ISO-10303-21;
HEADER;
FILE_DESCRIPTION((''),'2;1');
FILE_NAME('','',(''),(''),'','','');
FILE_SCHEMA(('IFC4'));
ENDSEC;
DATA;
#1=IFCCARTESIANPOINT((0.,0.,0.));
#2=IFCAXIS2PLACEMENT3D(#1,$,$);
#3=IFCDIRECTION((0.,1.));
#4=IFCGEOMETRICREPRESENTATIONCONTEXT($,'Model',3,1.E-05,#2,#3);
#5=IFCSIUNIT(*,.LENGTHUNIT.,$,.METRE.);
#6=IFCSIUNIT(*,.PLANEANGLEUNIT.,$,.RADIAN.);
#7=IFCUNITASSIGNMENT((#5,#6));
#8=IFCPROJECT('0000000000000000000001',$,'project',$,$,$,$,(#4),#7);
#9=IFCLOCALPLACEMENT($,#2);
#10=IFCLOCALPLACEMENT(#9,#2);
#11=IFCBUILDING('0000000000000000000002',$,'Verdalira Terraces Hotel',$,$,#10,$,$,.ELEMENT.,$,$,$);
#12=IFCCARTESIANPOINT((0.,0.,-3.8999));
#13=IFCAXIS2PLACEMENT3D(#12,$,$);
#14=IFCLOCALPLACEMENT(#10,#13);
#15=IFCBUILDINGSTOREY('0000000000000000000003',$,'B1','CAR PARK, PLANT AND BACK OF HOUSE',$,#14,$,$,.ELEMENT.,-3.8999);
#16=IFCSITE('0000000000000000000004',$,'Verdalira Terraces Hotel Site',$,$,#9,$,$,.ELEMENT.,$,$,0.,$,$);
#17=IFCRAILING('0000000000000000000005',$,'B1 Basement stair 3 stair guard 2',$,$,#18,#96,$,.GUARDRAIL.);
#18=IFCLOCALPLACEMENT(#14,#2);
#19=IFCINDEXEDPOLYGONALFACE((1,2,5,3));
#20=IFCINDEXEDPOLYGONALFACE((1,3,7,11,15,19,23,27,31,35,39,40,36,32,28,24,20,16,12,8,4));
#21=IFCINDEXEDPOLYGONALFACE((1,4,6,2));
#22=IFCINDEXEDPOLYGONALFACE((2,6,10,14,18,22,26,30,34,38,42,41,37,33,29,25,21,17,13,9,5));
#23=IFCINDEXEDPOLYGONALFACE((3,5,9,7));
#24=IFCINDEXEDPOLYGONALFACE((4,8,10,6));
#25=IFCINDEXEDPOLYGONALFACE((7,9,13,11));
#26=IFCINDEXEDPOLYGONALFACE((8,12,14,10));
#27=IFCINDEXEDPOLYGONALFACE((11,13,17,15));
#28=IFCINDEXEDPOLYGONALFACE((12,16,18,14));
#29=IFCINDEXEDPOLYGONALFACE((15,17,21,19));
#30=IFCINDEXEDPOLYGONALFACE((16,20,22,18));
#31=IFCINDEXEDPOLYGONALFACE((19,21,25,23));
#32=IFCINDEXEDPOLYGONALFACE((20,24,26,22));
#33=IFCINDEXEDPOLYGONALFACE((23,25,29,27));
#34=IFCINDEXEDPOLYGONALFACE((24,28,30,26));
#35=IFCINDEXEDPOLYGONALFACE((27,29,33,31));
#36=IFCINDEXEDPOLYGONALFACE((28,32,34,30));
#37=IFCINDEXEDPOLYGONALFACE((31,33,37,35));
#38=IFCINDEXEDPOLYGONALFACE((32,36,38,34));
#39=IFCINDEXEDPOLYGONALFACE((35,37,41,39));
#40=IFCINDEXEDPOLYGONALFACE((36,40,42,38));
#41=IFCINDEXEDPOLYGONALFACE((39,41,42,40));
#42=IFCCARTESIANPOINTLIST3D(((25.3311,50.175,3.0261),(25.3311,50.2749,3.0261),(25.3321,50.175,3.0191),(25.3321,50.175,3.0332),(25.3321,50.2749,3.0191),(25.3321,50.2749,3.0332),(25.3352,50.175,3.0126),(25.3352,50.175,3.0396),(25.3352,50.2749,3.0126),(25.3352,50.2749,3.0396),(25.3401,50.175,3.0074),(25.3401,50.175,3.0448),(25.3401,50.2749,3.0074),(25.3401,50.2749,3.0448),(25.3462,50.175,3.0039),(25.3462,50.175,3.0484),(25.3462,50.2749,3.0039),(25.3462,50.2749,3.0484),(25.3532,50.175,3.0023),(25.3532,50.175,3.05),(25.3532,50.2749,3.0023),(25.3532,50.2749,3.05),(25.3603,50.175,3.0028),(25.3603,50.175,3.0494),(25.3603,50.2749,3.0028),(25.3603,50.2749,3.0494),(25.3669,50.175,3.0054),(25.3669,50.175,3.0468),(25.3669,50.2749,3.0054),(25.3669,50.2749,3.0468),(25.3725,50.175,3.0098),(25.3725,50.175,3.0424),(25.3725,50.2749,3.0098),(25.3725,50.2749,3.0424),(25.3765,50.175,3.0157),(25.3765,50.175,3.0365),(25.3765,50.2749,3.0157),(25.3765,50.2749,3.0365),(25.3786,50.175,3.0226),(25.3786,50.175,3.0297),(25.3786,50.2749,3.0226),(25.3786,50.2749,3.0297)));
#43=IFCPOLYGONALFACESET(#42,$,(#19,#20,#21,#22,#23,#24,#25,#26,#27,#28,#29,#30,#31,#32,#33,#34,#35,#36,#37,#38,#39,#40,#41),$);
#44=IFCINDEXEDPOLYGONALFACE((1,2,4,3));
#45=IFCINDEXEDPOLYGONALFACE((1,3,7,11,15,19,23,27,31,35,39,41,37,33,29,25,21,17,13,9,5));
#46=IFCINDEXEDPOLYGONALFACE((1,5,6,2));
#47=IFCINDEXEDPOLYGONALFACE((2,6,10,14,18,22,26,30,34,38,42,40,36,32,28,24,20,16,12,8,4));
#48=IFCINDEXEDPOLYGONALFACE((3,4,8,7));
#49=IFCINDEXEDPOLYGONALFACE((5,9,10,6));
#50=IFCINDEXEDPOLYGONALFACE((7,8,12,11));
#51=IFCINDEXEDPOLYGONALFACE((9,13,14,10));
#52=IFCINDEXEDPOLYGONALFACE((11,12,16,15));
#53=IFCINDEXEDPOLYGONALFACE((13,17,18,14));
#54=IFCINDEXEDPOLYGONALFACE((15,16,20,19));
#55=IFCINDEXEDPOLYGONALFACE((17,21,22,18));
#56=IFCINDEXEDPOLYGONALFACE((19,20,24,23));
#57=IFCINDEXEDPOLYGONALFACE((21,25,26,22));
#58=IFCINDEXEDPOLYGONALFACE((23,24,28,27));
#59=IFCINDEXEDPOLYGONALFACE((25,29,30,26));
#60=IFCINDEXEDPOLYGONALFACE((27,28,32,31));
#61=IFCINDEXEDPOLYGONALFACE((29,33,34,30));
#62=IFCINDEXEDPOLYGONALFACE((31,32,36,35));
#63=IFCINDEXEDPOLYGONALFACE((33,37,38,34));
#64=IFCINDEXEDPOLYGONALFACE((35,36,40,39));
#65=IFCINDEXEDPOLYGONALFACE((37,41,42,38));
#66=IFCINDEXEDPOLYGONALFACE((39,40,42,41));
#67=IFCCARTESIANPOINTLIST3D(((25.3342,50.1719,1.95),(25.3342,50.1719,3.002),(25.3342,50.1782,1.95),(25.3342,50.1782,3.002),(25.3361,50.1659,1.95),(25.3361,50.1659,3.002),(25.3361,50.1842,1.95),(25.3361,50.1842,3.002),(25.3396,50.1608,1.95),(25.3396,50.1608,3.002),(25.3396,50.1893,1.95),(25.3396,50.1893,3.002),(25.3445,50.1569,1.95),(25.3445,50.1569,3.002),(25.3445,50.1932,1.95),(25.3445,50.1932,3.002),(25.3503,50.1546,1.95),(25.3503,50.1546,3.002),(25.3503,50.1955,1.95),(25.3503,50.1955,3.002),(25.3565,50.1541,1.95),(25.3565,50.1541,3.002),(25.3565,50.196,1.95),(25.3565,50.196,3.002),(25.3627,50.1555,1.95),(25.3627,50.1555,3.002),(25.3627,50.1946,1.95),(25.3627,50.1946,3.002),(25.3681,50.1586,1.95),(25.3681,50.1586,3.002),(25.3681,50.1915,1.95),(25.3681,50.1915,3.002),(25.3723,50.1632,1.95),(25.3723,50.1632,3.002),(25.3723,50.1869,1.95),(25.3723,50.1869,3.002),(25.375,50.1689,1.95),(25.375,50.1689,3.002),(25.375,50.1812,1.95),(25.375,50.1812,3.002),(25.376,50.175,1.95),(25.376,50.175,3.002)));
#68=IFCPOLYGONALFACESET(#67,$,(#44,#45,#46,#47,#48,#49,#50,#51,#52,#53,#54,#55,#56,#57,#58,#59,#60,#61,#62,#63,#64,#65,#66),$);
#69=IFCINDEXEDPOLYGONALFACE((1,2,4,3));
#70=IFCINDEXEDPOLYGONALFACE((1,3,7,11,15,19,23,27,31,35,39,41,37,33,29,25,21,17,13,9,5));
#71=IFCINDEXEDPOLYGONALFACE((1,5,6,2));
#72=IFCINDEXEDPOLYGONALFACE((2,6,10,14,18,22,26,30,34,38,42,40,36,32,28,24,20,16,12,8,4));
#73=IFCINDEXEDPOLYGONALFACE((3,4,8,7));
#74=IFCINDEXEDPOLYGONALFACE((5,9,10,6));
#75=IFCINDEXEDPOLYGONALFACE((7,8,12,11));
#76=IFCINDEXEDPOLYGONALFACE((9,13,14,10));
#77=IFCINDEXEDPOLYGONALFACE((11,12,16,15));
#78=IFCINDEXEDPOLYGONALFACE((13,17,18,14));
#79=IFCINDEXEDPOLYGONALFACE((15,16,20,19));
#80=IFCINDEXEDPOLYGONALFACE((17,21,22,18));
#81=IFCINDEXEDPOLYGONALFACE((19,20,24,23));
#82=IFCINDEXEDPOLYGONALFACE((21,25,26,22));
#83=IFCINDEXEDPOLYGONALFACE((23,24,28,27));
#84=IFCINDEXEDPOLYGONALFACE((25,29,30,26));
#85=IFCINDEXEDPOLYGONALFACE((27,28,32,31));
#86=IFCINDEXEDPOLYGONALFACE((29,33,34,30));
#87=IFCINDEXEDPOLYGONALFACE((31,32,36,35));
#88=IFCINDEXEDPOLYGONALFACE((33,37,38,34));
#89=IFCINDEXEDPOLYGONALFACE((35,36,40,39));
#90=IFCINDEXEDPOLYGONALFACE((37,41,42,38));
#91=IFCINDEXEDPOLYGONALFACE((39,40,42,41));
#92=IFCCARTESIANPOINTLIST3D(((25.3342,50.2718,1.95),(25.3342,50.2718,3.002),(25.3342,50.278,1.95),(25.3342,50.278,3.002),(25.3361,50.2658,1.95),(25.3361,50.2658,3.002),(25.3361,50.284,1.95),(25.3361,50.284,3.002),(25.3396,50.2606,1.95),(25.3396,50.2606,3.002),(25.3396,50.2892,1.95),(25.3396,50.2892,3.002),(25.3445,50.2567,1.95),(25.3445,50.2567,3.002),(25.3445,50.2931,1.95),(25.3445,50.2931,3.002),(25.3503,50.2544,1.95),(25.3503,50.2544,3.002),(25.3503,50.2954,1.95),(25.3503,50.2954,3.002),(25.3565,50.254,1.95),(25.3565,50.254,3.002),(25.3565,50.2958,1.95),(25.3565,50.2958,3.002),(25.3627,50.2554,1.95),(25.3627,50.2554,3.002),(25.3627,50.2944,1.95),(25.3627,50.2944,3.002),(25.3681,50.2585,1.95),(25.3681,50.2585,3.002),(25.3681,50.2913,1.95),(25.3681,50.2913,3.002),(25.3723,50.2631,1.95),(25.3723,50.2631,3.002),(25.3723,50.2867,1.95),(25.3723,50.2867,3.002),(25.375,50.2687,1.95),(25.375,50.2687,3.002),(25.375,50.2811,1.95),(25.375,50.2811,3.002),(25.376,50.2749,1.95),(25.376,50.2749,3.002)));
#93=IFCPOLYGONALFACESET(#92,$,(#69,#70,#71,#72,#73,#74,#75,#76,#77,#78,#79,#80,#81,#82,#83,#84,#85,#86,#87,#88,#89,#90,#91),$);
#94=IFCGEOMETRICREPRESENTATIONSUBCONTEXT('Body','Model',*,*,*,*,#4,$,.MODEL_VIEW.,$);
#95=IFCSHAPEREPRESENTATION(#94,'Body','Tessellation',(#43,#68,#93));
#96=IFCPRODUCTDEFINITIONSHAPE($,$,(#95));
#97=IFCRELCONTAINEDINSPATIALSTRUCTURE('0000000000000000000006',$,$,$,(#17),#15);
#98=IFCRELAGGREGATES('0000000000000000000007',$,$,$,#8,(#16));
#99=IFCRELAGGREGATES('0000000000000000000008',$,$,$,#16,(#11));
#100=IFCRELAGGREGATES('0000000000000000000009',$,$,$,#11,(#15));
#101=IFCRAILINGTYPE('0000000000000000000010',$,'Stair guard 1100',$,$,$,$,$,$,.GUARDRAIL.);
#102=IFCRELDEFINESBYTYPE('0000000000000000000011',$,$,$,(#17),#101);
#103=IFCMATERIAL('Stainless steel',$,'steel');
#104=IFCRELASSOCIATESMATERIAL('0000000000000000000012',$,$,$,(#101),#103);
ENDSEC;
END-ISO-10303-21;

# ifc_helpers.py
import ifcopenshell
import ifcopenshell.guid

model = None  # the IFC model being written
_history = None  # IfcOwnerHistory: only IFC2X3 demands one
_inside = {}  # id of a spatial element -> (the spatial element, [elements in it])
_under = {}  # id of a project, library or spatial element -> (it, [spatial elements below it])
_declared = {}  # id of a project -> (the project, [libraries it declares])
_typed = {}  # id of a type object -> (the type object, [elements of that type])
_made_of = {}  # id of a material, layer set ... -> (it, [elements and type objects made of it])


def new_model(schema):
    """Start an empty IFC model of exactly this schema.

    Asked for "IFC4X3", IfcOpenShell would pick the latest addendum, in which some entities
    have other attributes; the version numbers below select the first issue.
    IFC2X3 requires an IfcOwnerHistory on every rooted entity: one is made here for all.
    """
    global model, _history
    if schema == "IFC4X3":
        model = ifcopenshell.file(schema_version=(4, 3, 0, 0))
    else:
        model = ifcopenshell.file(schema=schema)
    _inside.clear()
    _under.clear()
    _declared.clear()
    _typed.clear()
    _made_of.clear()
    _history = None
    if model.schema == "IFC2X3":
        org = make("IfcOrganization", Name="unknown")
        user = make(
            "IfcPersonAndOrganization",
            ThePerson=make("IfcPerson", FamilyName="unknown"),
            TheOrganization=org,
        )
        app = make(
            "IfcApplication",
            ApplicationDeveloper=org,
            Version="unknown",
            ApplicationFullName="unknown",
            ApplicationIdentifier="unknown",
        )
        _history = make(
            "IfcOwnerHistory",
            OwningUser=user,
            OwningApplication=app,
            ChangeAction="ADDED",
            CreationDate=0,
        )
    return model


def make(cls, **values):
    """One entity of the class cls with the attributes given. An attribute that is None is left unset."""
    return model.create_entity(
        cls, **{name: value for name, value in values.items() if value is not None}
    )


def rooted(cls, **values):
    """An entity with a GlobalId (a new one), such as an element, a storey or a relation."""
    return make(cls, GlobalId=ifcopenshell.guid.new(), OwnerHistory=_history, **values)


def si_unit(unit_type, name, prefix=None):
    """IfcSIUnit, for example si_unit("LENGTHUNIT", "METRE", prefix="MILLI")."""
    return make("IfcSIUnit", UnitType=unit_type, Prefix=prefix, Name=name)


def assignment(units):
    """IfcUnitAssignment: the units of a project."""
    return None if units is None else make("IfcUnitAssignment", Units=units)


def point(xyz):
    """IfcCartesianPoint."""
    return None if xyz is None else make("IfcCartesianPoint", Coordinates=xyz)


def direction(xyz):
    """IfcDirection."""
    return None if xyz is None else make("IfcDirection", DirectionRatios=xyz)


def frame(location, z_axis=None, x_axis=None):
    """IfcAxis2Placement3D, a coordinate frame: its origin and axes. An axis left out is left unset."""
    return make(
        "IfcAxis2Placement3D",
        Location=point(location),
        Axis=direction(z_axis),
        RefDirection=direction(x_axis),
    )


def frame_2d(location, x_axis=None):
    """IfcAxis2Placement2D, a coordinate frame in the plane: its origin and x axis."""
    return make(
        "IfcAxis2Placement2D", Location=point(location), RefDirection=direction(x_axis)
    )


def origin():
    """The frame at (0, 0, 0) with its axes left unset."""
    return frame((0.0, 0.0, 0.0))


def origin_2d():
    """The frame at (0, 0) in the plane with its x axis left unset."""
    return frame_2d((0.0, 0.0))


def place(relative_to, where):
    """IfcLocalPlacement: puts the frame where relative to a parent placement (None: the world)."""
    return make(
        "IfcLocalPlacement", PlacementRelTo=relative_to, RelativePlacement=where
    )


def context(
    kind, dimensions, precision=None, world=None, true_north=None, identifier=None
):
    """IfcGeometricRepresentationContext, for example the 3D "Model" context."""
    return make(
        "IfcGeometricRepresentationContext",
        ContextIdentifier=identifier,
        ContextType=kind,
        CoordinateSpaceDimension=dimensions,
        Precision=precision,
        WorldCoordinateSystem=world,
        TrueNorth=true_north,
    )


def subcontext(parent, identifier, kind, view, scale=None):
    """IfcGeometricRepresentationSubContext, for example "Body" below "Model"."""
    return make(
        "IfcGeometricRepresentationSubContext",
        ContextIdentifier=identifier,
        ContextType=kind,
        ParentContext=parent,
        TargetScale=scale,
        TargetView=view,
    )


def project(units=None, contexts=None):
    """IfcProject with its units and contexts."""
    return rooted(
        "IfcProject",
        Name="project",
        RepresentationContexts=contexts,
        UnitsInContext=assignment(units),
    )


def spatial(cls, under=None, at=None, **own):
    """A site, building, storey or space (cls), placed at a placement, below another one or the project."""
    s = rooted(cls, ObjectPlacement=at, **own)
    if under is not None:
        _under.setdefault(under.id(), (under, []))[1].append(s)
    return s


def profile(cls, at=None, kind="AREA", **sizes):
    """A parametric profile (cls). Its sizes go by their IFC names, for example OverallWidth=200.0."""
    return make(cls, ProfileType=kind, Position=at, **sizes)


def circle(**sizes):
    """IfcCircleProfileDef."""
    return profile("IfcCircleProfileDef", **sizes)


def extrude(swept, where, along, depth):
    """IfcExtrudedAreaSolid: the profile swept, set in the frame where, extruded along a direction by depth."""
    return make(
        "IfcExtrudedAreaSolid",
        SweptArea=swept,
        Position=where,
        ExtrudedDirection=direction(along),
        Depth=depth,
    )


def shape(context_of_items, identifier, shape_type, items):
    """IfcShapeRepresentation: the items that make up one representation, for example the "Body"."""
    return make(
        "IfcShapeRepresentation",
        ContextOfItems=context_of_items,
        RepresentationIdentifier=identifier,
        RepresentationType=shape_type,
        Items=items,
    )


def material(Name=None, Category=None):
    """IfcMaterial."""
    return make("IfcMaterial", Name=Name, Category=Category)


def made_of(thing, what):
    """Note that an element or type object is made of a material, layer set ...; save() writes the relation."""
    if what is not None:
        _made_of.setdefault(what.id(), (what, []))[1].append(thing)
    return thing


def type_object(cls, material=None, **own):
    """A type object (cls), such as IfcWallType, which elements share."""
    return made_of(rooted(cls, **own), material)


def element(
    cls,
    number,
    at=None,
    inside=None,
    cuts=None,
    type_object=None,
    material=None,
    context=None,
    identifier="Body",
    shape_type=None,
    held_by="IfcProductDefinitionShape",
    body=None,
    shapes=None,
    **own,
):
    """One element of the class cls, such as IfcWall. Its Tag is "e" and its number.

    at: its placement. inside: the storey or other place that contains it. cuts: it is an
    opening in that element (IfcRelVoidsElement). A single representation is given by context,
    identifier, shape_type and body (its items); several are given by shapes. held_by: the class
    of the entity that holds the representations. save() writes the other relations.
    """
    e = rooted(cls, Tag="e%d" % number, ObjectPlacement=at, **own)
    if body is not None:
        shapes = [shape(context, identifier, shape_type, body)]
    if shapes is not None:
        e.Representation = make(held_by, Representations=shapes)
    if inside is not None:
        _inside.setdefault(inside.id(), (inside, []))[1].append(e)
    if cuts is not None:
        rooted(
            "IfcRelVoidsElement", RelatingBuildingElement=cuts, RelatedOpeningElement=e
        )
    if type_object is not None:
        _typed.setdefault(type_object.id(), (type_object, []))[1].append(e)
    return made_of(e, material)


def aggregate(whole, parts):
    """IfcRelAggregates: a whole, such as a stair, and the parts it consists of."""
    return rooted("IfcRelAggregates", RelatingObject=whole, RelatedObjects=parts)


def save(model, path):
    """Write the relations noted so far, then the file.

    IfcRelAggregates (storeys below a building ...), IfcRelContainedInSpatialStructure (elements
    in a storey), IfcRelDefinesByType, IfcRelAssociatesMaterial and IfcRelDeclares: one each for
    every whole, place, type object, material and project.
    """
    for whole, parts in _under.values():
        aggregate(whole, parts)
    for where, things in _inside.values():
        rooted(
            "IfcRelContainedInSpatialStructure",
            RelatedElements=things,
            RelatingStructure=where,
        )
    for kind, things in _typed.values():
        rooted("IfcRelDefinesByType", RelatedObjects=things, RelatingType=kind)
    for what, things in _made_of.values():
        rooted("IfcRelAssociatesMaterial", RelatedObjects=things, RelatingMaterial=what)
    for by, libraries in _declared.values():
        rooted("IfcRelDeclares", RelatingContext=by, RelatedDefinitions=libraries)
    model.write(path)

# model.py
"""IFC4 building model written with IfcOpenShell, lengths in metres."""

from ifc_helpers import new_model, si_unit, direction, frame, origin, origin_2d, place, context, subcontext, project, spatial, circle, extrude, material, type_object, element, save


model = new_model("IFC4")

# Units and contexts
model_context = context("Model", 3, precision=1e-05, world=origin(), true_north=direction((0.0, 1.0)))
body_context = subcontext(model_context, "Body", "Model", "MODEL_VIEW")
ifc_project = project(units=[si_unit("LENGTHUNIT", "METRE"), si_unit("PLANEANGLEUNIT", "RADIAN")], contexts=[model_context])

# Site, building, storey
site_placement = place(None, origin())
site = spatial("IfcSite", under=ifc_project, at=site_placement, Name="Verdalira Terraces Hotel Site", CompositionType="ELEMENT", RefElevation=0.0)
building_placement = place(site_placement, origin())
building = spatial("IfcBuilding", under=site, at=building_placement, Name="Verdalira Terraces Hotel", CompositionType="ELEMENT")
storey_placement = place(building_placement, frame((0.0, 0.0, -3.8999)))
storey = spatial("IfcBuildingStorey", under=building, at=storey_placement, Name="B1", Description="CAR PARK, PLANT AND BACK OF HOUSE", CompositionType="ELEMENT", Elevation=-3.8999)

# Railing
ifc_material_1 = material(Name="Stainless steel", Category="steel")
railing_type_1 = type_object("IfcRailingType", Name="Stair guard 1100", PredefinedType="GUARDRAIL", material=ifc_material_1)
railing_1_placement = place(storey_placement, frame((25.355, 50.175, 1.95)))
element("IfcRailing", 1, at=railing_1_placement, inside=storey, type_object=railing_type_1, Name="B1 Basement stair 3 stair guard 2", PredefinedType="GUARDRAIL", context=body_context, shape_type="SweptSolid", body=[
    extrude(circle(Radius=0.0239, at=origin_2d()), frame((0.0, 0.0, 1.0762), z_axis=(0.0, 1.0, 0.0), x_axis=(-1.0, 0.0, 0.0)), (0.0, 0.0, 1.0), 0.0999),
    extrude(circle(Radius=0.021, at=origin_2d()), origin(), (0.0, 0.0, 1.0), 1.052),
    extrude(circle(Radius=0.021, at=origin_2d()), frame((0.0, 0.0999, 0.0)), (0.0, 0.0, 1.0), 1.052),
])

save(model, "model.ifc")
